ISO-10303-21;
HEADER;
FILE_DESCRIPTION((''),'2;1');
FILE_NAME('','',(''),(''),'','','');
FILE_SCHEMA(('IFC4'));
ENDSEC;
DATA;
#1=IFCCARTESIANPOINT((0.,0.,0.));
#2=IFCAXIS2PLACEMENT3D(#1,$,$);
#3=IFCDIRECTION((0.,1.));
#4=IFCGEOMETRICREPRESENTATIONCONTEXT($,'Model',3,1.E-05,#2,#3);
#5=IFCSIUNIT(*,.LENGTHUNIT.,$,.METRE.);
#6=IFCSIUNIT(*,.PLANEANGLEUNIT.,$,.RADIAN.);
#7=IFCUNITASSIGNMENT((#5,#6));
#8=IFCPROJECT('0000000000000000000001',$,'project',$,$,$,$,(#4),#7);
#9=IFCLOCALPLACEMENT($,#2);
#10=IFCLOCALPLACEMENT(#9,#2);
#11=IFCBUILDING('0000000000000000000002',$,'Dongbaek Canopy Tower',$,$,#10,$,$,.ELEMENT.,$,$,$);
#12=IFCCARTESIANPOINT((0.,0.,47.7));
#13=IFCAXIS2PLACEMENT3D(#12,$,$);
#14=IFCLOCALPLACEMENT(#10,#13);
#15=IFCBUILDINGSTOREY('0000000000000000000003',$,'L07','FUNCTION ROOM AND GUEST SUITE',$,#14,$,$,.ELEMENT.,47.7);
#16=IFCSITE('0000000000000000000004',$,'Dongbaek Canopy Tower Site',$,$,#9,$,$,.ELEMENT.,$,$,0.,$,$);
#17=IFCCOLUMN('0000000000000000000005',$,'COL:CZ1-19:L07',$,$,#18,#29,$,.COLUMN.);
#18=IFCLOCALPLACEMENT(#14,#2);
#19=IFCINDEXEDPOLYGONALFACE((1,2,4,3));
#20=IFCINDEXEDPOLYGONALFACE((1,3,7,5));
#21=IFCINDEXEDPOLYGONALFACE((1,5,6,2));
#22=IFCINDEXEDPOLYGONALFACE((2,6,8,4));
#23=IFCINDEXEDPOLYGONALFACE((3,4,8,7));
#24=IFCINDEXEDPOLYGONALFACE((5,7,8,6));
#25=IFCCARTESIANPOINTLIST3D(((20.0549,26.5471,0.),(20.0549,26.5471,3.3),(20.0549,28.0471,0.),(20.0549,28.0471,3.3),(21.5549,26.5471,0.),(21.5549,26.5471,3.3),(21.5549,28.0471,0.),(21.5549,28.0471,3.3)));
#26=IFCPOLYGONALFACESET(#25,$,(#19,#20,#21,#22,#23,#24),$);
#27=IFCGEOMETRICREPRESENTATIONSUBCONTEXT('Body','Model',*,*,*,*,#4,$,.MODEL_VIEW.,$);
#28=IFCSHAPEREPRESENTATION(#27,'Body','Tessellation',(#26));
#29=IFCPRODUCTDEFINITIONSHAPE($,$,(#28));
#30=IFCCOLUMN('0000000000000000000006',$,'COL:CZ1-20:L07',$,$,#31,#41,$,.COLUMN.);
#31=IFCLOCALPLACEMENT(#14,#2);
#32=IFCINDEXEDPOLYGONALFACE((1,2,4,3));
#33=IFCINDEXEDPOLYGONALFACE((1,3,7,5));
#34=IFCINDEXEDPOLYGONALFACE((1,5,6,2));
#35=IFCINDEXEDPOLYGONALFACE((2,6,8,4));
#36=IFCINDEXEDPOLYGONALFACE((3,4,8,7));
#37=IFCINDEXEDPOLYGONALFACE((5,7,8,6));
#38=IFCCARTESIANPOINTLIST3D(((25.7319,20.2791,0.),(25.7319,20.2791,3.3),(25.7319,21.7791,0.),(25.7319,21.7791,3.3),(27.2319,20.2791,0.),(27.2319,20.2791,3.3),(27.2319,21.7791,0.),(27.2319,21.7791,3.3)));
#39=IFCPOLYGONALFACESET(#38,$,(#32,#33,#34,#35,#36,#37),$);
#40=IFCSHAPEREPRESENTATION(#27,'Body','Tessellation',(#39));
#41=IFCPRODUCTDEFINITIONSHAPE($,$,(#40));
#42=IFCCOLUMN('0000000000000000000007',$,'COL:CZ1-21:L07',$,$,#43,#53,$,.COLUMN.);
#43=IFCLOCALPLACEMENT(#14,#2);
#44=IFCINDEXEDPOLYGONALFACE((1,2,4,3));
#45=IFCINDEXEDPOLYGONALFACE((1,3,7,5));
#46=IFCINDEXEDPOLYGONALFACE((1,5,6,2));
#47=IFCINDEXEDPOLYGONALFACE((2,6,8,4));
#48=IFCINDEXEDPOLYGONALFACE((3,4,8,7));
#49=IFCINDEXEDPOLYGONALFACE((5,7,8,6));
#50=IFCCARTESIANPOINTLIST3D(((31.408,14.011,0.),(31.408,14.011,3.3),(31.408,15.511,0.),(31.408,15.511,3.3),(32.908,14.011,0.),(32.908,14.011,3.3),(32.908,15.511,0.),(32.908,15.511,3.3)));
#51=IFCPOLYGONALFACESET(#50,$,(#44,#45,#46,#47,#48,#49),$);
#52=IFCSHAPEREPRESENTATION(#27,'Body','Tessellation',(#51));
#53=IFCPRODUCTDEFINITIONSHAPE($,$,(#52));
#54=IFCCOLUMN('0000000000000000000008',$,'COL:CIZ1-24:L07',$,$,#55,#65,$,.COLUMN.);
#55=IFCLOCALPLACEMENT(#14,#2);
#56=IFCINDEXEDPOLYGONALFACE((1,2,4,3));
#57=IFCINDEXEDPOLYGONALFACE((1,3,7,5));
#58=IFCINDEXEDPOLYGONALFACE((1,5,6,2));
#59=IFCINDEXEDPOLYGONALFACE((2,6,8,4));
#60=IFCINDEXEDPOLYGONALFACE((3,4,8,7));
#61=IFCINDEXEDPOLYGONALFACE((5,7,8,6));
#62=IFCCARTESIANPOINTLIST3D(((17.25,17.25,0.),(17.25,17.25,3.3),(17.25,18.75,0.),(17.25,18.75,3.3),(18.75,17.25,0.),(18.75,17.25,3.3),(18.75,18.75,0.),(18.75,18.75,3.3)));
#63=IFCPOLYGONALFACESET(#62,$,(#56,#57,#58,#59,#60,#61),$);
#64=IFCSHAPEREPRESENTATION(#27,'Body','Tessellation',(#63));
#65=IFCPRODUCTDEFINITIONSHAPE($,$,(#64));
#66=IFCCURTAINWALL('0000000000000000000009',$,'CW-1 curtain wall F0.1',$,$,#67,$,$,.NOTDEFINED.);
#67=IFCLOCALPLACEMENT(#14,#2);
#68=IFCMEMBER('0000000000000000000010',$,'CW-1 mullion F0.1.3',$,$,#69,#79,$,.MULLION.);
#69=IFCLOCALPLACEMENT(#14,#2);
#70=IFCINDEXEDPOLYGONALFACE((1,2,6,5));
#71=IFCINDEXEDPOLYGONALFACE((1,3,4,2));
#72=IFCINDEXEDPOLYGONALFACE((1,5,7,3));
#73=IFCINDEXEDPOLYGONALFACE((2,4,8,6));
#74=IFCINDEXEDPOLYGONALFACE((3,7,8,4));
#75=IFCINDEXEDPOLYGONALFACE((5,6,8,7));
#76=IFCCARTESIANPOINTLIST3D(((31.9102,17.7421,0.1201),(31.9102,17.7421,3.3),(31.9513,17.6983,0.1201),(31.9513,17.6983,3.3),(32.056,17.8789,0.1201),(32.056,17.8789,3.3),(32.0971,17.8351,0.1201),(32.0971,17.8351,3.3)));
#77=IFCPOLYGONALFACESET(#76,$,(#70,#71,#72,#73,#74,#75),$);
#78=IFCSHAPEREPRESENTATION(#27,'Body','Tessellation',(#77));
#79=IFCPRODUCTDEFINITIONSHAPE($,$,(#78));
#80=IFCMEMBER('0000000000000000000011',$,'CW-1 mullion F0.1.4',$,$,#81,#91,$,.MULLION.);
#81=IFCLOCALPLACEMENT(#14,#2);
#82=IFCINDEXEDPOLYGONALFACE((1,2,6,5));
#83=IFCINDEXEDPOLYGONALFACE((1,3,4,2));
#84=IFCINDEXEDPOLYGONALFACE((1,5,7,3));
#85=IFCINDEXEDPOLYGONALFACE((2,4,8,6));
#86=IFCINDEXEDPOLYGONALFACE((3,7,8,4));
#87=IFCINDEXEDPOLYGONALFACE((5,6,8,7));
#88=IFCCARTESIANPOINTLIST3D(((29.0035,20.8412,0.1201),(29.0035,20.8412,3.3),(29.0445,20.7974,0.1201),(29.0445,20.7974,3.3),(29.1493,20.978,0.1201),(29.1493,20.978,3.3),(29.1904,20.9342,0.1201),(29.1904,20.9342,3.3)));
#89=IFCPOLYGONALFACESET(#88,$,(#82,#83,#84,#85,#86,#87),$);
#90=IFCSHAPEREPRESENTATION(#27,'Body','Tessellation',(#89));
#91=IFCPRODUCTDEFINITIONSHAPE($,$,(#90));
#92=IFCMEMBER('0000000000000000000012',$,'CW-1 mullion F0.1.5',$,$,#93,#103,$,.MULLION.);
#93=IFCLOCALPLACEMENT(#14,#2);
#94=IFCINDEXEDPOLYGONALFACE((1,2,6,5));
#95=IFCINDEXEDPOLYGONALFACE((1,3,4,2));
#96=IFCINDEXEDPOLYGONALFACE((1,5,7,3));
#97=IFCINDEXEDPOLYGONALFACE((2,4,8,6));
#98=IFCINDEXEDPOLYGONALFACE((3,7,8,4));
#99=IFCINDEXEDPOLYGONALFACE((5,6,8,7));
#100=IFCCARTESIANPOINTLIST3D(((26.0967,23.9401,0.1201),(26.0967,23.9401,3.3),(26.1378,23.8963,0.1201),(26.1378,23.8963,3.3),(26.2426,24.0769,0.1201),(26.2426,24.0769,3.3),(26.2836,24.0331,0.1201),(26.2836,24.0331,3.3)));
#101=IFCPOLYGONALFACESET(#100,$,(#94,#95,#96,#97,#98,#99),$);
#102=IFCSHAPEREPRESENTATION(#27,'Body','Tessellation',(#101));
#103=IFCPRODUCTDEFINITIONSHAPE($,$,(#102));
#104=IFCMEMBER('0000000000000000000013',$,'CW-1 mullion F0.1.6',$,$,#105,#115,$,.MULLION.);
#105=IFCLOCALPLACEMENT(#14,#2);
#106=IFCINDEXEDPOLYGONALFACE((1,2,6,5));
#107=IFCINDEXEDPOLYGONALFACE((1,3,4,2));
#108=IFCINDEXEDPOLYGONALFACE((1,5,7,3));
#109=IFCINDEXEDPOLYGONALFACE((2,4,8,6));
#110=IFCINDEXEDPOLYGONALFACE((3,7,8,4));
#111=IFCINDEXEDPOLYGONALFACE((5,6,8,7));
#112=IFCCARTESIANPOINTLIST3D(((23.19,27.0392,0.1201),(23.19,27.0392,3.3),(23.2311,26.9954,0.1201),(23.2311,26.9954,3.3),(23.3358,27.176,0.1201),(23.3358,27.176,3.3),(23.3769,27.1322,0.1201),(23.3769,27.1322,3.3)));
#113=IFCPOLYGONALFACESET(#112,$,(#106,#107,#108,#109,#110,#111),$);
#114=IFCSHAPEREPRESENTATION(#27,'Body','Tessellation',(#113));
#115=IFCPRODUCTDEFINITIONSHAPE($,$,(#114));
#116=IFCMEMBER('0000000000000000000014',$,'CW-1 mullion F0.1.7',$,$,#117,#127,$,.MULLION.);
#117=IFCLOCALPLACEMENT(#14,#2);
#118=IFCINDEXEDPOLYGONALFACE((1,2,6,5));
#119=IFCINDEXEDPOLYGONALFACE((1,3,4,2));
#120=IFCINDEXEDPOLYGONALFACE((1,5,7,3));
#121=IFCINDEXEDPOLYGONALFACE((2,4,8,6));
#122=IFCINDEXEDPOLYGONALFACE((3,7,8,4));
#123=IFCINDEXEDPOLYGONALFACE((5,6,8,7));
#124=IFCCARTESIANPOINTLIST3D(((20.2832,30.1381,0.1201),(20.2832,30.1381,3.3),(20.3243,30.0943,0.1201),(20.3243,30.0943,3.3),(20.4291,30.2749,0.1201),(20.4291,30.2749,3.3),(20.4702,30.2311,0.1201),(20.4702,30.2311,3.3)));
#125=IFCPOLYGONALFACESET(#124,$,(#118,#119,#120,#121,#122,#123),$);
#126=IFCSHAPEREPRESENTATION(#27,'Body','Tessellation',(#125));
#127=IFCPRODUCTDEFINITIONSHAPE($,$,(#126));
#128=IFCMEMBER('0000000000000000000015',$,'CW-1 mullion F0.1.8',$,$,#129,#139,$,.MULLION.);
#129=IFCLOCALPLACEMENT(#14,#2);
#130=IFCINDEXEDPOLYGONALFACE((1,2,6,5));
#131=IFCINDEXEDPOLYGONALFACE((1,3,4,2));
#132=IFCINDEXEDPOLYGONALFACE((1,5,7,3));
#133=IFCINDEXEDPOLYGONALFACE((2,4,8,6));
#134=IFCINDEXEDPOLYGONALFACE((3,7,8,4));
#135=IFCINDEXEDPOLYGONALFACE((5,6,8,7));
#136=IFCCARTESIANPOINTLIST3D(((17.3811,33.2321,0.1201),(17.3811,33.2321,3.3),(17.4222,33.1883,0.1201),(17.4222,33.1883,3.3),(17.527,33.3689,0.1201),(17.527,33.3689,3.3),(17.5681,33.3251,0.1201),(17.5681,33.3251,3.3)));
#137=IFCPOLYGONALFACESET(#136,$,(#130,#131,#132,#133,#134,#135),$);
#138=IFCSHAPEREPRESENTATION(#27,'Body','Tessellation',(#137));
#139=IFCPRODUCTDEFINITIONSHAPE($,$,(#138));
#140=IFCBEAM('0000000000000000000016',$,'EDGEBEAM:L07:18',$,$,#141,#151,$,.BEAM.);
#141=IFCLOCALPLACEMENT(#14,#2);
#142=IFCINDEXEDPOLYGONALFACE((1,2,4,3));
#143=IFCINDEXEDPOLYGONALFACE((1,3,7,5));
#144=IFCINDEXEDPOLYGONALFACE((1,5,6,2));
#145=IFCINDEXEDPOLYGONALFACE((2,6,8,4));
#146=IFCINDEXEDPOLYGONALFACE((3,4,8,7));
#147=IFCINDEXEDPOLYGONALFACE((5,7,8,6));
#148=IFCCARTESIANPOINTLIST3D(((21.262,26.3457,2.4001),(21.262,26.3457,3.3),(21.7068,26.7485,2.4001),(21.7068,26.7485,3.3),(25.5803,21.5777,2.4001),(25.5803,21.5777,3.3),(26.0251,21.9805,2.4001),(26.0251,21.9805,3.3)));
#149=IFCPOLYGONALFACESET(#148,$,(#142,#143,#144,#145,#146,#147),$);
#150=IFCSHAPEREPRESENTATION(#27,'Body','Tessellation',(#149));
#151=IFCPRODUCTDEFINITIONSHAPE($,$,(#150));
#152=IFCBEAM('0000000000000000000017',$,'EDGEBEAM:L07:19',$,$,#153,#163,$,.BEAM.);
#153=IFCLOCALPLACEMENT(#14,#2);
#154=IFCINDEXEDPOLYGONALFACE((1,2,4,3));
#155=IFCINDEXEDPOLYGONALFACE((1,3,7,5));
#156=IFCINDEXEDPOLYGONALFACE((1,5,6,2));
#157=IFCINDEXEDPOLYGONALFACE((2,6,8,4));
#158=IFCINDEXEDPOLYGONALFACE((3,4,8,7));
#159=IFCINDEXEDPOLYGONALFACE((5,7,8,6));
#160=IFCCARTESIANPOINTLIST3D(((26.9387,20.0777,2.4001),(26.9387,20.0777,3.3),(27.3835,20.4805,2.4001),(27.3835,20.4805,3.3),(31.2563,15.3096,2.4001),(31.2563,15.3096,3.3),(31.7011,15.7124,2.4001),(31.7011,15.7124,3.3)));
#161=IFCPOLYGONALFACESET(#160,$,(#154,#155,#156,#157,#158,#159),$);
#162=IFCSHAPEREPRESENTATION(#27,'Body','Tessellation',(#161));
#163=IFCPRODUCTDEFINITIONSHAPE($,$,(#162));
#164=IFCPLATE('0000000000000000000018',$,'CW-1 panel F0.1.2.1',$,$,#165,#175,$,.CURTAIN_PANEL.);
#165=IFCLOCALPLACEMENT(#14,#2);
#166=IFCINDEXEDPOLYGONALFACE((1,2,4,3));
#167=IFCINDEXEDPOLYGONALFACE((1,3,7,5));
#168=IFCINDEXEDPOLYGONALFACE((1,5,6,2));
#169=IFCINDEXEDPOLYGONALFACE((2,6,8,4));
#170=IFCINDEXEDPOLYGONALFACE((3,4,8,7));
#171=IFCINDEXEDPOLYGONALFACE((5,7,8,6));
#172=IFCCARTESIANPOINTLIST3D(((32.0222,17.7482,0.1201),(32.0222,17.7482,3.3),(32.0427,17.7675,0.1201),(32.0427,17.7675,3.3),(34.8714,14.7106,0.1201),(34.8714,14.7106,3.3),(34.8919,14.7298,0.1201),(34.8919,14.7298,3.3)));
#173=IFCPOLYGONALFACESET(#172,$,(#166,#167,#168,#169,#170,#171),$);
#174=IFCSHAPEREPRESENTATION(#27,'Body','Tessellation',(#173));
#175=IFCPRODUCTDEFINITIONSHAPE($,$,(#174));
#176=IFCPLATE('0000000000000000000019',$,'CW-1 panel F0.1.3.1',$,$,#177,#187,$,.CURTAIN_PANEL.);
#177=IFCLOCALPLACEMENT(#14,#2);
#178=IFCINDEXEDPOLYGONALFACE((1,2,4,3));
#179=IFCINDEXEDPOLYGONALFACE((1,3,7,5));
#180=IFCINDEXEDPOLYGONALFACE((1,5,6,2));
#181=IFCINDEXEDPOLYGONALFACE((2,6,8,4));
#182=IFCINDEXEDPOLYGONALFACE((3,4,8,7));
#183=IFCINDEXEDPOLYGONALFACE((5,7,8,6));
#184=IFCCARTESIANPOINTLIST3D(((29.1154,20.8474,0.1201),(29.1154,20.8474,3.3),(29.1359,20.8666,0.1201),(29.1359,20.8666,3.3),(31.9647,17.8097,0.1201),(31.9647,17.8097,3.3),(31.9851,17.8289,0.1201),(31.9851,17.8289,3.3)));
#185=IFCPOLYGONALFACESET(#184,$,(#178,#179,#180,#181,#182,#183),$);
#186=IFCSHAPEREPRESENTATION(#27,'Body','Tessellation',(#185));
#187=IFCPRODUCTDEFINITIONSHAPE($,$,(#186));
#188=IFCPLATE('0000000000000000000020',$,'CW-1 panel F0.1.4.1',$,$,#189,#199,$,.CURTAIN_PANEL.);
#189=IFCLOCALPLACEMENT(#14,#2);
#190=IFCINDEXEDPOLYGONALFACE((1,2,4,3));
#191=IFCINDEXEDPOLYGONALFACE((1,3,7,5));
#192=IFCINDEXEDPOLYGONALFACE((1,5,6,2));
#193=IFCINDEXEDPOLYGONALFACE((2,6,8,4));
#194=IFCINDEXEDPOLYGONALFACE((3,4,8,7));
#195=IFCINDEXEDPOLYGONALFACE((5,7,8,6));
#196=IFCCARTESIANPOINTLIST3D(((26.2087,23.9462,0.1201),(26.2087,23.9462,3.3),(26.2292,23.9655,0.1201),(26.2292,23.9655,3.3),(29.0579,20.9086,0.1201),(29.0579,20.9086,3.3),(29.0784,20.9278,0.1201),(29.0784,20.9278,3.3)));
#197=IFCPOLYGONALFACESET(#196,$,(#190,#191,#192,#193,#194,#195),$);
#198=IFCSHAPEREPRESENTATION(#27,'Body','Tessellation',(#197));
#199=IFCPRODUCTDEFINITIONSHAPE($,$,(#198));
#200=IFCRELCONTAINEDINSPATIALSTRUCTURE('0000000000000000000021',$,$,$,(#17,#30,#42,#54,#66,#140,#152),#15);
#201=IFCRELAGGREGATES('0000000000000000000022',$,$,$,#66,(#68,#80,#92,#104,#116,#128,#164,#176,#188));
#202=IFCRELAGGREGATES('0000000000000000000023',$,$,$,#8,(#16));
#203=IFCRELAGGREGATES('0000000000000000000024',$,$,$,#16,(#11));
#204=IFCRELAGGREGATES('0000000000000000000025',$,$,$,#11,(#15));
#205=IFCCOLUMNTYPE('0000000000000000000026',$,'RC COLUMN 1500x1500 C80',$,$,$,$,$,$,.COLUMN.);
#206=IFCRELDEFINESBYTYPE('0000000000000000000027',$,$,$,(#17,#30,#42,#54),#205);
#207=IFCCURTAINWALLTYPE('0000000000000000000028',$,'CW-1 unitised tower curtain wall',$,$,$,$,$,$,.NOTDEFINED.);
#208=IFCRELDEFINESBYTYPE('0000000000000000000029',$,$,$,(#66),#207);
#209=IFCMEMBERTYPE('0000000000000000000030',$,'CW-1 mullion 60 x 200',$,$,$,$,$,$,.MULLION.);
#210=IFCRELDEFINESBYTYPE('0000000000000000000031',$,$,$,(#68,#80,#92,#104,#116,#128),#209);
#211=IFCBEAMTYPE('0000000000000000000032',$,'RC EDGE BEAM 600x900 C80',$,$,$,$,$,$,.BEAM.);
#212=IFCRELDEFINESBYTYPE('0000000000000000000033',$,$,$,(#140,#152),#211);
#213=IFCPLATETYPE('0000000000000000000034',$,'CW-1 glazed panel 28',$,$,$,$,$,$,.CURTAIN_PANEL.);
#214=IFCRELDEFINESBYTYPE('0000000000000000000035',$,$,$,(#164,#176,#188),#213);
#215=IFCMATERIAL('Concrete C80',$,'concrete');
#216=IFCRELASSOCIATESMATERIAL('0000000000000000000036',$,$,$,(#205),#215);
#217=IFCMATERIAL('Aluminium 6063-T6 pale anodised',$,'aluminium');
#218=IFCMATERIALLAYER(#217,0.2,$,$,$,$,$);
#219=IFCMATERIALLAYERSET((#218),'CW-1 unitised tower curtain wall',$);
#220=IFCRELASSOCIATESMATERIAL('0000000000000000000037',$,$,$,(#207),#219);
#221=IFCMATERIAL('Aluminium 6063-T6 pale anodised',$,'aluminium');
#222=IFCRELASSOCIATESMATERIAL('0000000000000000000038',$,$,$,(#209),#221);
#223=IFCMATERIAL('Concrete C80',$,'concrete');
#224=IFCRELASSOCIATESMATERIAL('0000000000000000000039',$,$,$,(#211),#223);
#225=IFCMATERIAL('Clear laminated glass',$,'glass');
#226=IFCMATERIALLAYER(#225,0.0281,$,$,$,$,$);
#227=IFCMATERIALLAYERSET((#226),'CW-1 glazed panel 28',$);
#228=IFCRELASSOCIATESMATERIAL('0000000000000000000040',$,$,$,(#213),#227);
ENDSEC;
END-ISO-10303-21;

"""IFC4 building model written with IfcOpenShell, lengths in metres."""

from ifc_helpers import new_model, si_unit, direction, frame, origin, origin_2d, place, context, subcontext, project, spatial, rectangle, extrude, material, layer, layer_set, material_profile, profile_set, type_object, element, aggregate, save


model = new_model("IFC4")

# Units and contexts
model_context = context("Model", 3, precision=1e-05, world=origin(), true_north=direction((0.0, 1.0)))
body_context = subcontext(model_context, "Body", "Model", "MODEL_VIEW")
ifc_project = project(units=[si_unit("LENGTHUNIT", "METRE"), si_unit("PLANEANGLEUNIT", "RADIAN")], contexts=[model_context])

# Site, building, storey
site_placement = place(None, origin())
site = spatial("IfcSite", under=ifc_project, at=site_placement, Name="Dongbaek Canopy Tower Site", CompositionType="ELEMENT", RefElevation=0.0)
building_placement = place(site_placement, origin())
building = spatial("IfcBuilding", under=site, at=building_placement, Name="Dongbaek Canopy Tower", CompositionType="ELEMENT")
storey_placement = place(building_placement, frame((0.0, 0.0, 47.7)))
storey = spatial("IfcBuildingStorey", under=building, at=storey_placement, Name="L07", Description="FUNCTION ROOM AND GUEST SUITE", CompositionType="ELEMENT", Elevation=47.7)

# Columns
ifc_material_1 = material(Name="Concrete C80", Category="concrete")
ifc_material_profile_1 = material_profile(ifc_material_1, rectangle(XDim=1.5, YDim=1.5, at=origin_2d()), Name="RC COLUMN 1500x1500 C80")
ifc_profile_set_1 = profile_set([ifc_material_profile_1], Name="Concrete C80")
column_type = type_object("IfcColumnType", Name="RC COLUMN 1500x1500 C80", PredefinedType="COLUMN", material=ifc_profile_set_1)
for number, where, z_axis, x_axis, name in (
    (1, (20.8049, 27.2971, 0.0), (0.0, 0.0, 1.0), (1.0, 0.0, 0.0), "COL:CZ1-19:L07"),
    (2, (26.4819, 21.0291, 0.0), (0.0, 0.0, 1.0), (1.0, 0.0, 0.0), "COL:CZ1-20:L07"),
    (3, (32.158, 14.761, 0.0), (0.0, 0.0, 1.0), (1.0, 0.0, 0.0), "COL:CZ1-21:L07"),
    (4, (18.0, 18.0, 0.0), (0.0, 0.0, 1.0), (1.0, 0.0, 0.0), "COL:CIZ1-24:L07"),
):
    element("IfcColumn", number, at=place(storey_placement, frame(where, z_axis=z_axis, x_axis=x_axis)), inside=storey, type_object=column_type, Name=name, PredefinedType="COLUMN", context=body_context, shape_type="SweptSolid", body=[
        extrude(rectangle(XDim=1.5, YDim=1.5, at=origin_2d()), origin(), (0.0, 0.0, 1.0), 3.3),
    ])

# Curtain wall, members
ifc_material_2 = material(Name="Aluminium 6063-T6 pale anodised", Category="aluminium")
ifc_layer_1 = layer(ifc_material_2, 0.2)
ifc_layer_set_1 = layer_set([ifc_layer_1], Name="CW-1 unitised tower curtain wall")
curtain_wall_type = type_object("IfcCurtainWallType", Name="CW-1 unitised tower curtain wall", PredefinedType="NOTDEFINED", material=ifc_layer_set_1)
curtain_wall_placement = place(storey_placement, origin())
curtain_wall = element("IfcCurtainWall", 5, at=curtain_wall_placement, inside=storey, type_object=curtain_wall_type, Name="CW-1 curtain wall F0.1", PredefinedType="NOTDEFINED")
ifc_material_3 = material(Name="Aluminium 6063-T6 pale anodised", Category="aluminium")
ifc_material_profile_2 = material_profile(ifc_material_3, rectangle(XDim=0.2, YDim=0.0601, at=origin_2d()), Name="CW-1 mullion 60 x 200")
ifc_profile_set_2 = profile_set([ifc_material_profile_2], Name="Aluminium 6063-T6 pale anodised")
member_type = type_object("IfcMemberType", Name="CW-1 mullion 60 x 200", PredefinedType="MULLION", material=ifc_profile_set_2)
member_1_placement = place(storey_placement, frame((32.0037, 17.7886, 0.1201), z_axis=(0.0, 0.0, 1.0), x_axis=(0.729369, 0.68412, 0.0)))
member_1 = element("IfcMember", 6, at=member_1_placement, type_object=member_type, Name="CW-1 mullion F0.1.3", PredefinedType="MULLION", context=body_context, shape_type="SweptSolid", body=[
    extrude(rectangle(XDim=0.2, YDim=0.0601, at=origin_2d()), origin(), (0.0, 0.0, 1.0), 3.1799),
])
member_2_placement = place(storey_placement, frame((29.0969, 20.8877, 0.1201), z_axis=(0.0, 0.0, 1.0), x_axis=(0.729369, 0.68412, 0.0)))
member_2 = element("IfcMember", 7, at=member_2_placement, type_object=member_type, Name="CW-1 mullion F0.1.4", PredefinedType="MULLION", context=body_context, shape_type="SweptSolid", body=[
    extrude(rectangle(XDim=0.2, YDim=0.0601, at=origin_2d()), origin(), (0.0, 0.0, 1.0), 3.1799),
])
member_3_placement = place(storey_placement, frame((26.1902, 23.9866, 0.1201), z_axis=(0.0, 0.0, 1.0), x_axis=(0.729369, 0.68412, 0.0)))
member_3 = element("IfcMember", 8, at=member_3_placement, type_object=member_type, Name="CW-1 mullion F0.1.5", PredefinedType="MULLION", context=body_context, shape_type="SweptSolid", body=[
    extrude(rectangle(XDim=0.2, YDim=0.0601, at=origin_2d()), origin(), (0.0, 0.0, 1.0), 3.1799),
])
member_4_placement = place(storey_placement, frame((23.2834, 27.0857, 0.1201), z_axis=(0.0, 0.0, 1.0), x_axis=(0.729369, 0.68412, 0.0)))
member_4 = element("IfcMember", 9, at=member_4_placement, type_object=member_type, Name="CW-1 mullion F0.1.6", PredefinedType="MULLION", context=body_context, shape_type="SweptSolid", body=[
    extrude(rectangle(XDim=0.2, YDim=0.0601, at=origin_2d()), origin(), (0.0, 0.0, 1.0), 3.1799),
])
member_5_placement = place(storey_placement, frame((20.3767, 30.1846, 0.1201), z_axis=(0.0, 0.0, 1.0), x_axis=(0.729369, 0.68412, 0.0)))
member_5 = element("IfcMember", 10, at=member_5_placement, type_object=member_type, Name="CW-1 mullion F0.1.7", PredefinedType="MULLION", context=body_context, shape_type="SweptSolid", body=[
    extrude(rectangle(XDim=0.2, YDim=0.0601, at=origin_2d()), origin(), (0.0, 0.0, 1.0), 3.1799),
])
member_6_placement = place(storey_placement, frame((17.4746, 33.2786, 0.1201), z_axis=(0.0, 0.0, 1.0), x_axis=(0.729369, 0.68412, 0.0)))
member_6 = element("IfcMember", 11, at=member_6_placement, type_object=member_type, Name="CW-1 mullion F0.1.8", PredefinedType="MULLION", context=body_context, shape_type="SweptSolid", body=[
    extrude(rectangle(XDim=0.2, YDim=0.0601, at=origin_2d()), origin(), (0.0, 0.0, 1.0), 3.1799),
])

# Beams
ifc_material_4 = material(Name="Concrete C80", Category="concrete")
ifc_material_profile_3 = material_profile(ifc_material_4, rectangle(XDim=0.6001, YDim=0.8999, at=origin_2d()), Name="RC EDGE BEAM 600x900 C80")
ifc_profile_set_3 = profile_set([ifc_material_profile_3], Name="Concrete C80")
beam_type = type_object("IfcBeamType", Name="RC EDGE BEAM 600x900 C80", PredefinedType="BEAM", material=ifc_profile_set_3)
beam_1_placement = place(storey_placement, frame((21.4844, 26.5471, 2.8501), z_axis=(0.671289, -0.741196, 0.0), x_axis=(0.741196, 0.671289, 0.0)))
element("IfcBeam", 12, at=beam_1_placement, inside=storey, type_object=beam_type, Name="EDGEBEAM:L07:18", PredefinedType="BEAM", context=body_context, shape_type="SweptSolid", body=[
    extrude(rectangle(XDim=0.6001, YDim=0.8999, at=origin_2d()), origin(), (0.0, 0.0, 1.0), 6.4329),
])
beam_2_placement = place(storey_placement, frame((27.1611, 20.2791, 2.8501), z_axis=(0.671226, -0.741252, 0.0), x_axis=(0.741252, 0.671226, 0.0)))
element("IfcBeam", 13, at=beam_2_placement, inside=storey, type_object=beam_type, Name="EDGEBEAM:L07:19", PredefinedType="BEAM", context=body_context, shape_type="SweptSolid", body=[
    extrude(rectangle(XDim=0.6001, YDim=0.8999, at=origin_2d()), origin(), (0.0, 0.0, 1.0), 6.4324),
])

# Plates
ifc_material_5 = material(Name="Clear laminated glass", Category="glass")
ifc_layer_2 = layer(ifc_material_5, 0.0281)
ifc_layer_set_2 = layer_set([ifc_layer_2], Name="CW-1 glazed panel 28")
plate_type = type_object("IfcPlateType", Name="CW-1 glazed panel 28", PredefinedType="CURTAIN_PANEL", material=ifc_layer_set_2)
plate_1_placement = place(storey_placement, frame((33.457, 16.239, 0.1201), z_axis=(0.0, 0.0, 1.0), x_axis=(-0.68412, 0.729369, 0.0)))
plate_1 = element("IfcPlate", 14, at=plate_1_placement, type_object=plate_type, Name="CW-1 panel F0.1.2.1", PredefinedType="CURTAIN_PANEL", context=body_context, shape_type="SweptSolid", body=[
    extrude(rectangle(XDim=4.1648, YDim=0.0281, at=origin_2d()), origin(), (0.0, 0.0, 1.0), 3.1799),
])
plate_2_placement = place(storey_placement, frame((30.5503, 19.3381, 0.1201), z_axis=(0.0, 0.0, 1.0), x_axis=(-0.68412, 0.729369, 0.0)))
plate_2 = element("IfcPlate", 15, at=plate_2_placement, type_object=plate_type, Name="CW-1 panel F0.1.3.1", PredefinedType="CURTAIN_PANEL", context=body_context, shape_type="SweptSolid", body=[
    extrude(rectangle(XDim=4.1648, YDim=0.0281, at=origin_2d()), origin(), (0.0, 0.0, 1.0), 3.1799),
])
plate_3_placement = place(storey_placement, frame((27.6436, 22.437, 0.1201), z_axis=(0.0, 0.0, 1.0), x_axis=(-0.68412, 0.729369, 0.0)))
plate_3 = element("IfcPlate", 16, at=plate_3_placement, type_object=plate_type, Name="CW-1 panel F0.1.4.1", PredefinedType="CURTAIN_PANEL", context=body_context, shape_type="SweptSolid", body=[
    extrude(rectangle(XDim=4.1648, YDim=0.0281, at=origin_2d()), origin(), (0.0, 0.0, 1.0), 3.1799),
])

aggregate(curtain_wall, [member_1, member_2, member_3, member_4, member_5, member_6, plate_1, plate_2, plate_3])

save(model, "model.ifc")
